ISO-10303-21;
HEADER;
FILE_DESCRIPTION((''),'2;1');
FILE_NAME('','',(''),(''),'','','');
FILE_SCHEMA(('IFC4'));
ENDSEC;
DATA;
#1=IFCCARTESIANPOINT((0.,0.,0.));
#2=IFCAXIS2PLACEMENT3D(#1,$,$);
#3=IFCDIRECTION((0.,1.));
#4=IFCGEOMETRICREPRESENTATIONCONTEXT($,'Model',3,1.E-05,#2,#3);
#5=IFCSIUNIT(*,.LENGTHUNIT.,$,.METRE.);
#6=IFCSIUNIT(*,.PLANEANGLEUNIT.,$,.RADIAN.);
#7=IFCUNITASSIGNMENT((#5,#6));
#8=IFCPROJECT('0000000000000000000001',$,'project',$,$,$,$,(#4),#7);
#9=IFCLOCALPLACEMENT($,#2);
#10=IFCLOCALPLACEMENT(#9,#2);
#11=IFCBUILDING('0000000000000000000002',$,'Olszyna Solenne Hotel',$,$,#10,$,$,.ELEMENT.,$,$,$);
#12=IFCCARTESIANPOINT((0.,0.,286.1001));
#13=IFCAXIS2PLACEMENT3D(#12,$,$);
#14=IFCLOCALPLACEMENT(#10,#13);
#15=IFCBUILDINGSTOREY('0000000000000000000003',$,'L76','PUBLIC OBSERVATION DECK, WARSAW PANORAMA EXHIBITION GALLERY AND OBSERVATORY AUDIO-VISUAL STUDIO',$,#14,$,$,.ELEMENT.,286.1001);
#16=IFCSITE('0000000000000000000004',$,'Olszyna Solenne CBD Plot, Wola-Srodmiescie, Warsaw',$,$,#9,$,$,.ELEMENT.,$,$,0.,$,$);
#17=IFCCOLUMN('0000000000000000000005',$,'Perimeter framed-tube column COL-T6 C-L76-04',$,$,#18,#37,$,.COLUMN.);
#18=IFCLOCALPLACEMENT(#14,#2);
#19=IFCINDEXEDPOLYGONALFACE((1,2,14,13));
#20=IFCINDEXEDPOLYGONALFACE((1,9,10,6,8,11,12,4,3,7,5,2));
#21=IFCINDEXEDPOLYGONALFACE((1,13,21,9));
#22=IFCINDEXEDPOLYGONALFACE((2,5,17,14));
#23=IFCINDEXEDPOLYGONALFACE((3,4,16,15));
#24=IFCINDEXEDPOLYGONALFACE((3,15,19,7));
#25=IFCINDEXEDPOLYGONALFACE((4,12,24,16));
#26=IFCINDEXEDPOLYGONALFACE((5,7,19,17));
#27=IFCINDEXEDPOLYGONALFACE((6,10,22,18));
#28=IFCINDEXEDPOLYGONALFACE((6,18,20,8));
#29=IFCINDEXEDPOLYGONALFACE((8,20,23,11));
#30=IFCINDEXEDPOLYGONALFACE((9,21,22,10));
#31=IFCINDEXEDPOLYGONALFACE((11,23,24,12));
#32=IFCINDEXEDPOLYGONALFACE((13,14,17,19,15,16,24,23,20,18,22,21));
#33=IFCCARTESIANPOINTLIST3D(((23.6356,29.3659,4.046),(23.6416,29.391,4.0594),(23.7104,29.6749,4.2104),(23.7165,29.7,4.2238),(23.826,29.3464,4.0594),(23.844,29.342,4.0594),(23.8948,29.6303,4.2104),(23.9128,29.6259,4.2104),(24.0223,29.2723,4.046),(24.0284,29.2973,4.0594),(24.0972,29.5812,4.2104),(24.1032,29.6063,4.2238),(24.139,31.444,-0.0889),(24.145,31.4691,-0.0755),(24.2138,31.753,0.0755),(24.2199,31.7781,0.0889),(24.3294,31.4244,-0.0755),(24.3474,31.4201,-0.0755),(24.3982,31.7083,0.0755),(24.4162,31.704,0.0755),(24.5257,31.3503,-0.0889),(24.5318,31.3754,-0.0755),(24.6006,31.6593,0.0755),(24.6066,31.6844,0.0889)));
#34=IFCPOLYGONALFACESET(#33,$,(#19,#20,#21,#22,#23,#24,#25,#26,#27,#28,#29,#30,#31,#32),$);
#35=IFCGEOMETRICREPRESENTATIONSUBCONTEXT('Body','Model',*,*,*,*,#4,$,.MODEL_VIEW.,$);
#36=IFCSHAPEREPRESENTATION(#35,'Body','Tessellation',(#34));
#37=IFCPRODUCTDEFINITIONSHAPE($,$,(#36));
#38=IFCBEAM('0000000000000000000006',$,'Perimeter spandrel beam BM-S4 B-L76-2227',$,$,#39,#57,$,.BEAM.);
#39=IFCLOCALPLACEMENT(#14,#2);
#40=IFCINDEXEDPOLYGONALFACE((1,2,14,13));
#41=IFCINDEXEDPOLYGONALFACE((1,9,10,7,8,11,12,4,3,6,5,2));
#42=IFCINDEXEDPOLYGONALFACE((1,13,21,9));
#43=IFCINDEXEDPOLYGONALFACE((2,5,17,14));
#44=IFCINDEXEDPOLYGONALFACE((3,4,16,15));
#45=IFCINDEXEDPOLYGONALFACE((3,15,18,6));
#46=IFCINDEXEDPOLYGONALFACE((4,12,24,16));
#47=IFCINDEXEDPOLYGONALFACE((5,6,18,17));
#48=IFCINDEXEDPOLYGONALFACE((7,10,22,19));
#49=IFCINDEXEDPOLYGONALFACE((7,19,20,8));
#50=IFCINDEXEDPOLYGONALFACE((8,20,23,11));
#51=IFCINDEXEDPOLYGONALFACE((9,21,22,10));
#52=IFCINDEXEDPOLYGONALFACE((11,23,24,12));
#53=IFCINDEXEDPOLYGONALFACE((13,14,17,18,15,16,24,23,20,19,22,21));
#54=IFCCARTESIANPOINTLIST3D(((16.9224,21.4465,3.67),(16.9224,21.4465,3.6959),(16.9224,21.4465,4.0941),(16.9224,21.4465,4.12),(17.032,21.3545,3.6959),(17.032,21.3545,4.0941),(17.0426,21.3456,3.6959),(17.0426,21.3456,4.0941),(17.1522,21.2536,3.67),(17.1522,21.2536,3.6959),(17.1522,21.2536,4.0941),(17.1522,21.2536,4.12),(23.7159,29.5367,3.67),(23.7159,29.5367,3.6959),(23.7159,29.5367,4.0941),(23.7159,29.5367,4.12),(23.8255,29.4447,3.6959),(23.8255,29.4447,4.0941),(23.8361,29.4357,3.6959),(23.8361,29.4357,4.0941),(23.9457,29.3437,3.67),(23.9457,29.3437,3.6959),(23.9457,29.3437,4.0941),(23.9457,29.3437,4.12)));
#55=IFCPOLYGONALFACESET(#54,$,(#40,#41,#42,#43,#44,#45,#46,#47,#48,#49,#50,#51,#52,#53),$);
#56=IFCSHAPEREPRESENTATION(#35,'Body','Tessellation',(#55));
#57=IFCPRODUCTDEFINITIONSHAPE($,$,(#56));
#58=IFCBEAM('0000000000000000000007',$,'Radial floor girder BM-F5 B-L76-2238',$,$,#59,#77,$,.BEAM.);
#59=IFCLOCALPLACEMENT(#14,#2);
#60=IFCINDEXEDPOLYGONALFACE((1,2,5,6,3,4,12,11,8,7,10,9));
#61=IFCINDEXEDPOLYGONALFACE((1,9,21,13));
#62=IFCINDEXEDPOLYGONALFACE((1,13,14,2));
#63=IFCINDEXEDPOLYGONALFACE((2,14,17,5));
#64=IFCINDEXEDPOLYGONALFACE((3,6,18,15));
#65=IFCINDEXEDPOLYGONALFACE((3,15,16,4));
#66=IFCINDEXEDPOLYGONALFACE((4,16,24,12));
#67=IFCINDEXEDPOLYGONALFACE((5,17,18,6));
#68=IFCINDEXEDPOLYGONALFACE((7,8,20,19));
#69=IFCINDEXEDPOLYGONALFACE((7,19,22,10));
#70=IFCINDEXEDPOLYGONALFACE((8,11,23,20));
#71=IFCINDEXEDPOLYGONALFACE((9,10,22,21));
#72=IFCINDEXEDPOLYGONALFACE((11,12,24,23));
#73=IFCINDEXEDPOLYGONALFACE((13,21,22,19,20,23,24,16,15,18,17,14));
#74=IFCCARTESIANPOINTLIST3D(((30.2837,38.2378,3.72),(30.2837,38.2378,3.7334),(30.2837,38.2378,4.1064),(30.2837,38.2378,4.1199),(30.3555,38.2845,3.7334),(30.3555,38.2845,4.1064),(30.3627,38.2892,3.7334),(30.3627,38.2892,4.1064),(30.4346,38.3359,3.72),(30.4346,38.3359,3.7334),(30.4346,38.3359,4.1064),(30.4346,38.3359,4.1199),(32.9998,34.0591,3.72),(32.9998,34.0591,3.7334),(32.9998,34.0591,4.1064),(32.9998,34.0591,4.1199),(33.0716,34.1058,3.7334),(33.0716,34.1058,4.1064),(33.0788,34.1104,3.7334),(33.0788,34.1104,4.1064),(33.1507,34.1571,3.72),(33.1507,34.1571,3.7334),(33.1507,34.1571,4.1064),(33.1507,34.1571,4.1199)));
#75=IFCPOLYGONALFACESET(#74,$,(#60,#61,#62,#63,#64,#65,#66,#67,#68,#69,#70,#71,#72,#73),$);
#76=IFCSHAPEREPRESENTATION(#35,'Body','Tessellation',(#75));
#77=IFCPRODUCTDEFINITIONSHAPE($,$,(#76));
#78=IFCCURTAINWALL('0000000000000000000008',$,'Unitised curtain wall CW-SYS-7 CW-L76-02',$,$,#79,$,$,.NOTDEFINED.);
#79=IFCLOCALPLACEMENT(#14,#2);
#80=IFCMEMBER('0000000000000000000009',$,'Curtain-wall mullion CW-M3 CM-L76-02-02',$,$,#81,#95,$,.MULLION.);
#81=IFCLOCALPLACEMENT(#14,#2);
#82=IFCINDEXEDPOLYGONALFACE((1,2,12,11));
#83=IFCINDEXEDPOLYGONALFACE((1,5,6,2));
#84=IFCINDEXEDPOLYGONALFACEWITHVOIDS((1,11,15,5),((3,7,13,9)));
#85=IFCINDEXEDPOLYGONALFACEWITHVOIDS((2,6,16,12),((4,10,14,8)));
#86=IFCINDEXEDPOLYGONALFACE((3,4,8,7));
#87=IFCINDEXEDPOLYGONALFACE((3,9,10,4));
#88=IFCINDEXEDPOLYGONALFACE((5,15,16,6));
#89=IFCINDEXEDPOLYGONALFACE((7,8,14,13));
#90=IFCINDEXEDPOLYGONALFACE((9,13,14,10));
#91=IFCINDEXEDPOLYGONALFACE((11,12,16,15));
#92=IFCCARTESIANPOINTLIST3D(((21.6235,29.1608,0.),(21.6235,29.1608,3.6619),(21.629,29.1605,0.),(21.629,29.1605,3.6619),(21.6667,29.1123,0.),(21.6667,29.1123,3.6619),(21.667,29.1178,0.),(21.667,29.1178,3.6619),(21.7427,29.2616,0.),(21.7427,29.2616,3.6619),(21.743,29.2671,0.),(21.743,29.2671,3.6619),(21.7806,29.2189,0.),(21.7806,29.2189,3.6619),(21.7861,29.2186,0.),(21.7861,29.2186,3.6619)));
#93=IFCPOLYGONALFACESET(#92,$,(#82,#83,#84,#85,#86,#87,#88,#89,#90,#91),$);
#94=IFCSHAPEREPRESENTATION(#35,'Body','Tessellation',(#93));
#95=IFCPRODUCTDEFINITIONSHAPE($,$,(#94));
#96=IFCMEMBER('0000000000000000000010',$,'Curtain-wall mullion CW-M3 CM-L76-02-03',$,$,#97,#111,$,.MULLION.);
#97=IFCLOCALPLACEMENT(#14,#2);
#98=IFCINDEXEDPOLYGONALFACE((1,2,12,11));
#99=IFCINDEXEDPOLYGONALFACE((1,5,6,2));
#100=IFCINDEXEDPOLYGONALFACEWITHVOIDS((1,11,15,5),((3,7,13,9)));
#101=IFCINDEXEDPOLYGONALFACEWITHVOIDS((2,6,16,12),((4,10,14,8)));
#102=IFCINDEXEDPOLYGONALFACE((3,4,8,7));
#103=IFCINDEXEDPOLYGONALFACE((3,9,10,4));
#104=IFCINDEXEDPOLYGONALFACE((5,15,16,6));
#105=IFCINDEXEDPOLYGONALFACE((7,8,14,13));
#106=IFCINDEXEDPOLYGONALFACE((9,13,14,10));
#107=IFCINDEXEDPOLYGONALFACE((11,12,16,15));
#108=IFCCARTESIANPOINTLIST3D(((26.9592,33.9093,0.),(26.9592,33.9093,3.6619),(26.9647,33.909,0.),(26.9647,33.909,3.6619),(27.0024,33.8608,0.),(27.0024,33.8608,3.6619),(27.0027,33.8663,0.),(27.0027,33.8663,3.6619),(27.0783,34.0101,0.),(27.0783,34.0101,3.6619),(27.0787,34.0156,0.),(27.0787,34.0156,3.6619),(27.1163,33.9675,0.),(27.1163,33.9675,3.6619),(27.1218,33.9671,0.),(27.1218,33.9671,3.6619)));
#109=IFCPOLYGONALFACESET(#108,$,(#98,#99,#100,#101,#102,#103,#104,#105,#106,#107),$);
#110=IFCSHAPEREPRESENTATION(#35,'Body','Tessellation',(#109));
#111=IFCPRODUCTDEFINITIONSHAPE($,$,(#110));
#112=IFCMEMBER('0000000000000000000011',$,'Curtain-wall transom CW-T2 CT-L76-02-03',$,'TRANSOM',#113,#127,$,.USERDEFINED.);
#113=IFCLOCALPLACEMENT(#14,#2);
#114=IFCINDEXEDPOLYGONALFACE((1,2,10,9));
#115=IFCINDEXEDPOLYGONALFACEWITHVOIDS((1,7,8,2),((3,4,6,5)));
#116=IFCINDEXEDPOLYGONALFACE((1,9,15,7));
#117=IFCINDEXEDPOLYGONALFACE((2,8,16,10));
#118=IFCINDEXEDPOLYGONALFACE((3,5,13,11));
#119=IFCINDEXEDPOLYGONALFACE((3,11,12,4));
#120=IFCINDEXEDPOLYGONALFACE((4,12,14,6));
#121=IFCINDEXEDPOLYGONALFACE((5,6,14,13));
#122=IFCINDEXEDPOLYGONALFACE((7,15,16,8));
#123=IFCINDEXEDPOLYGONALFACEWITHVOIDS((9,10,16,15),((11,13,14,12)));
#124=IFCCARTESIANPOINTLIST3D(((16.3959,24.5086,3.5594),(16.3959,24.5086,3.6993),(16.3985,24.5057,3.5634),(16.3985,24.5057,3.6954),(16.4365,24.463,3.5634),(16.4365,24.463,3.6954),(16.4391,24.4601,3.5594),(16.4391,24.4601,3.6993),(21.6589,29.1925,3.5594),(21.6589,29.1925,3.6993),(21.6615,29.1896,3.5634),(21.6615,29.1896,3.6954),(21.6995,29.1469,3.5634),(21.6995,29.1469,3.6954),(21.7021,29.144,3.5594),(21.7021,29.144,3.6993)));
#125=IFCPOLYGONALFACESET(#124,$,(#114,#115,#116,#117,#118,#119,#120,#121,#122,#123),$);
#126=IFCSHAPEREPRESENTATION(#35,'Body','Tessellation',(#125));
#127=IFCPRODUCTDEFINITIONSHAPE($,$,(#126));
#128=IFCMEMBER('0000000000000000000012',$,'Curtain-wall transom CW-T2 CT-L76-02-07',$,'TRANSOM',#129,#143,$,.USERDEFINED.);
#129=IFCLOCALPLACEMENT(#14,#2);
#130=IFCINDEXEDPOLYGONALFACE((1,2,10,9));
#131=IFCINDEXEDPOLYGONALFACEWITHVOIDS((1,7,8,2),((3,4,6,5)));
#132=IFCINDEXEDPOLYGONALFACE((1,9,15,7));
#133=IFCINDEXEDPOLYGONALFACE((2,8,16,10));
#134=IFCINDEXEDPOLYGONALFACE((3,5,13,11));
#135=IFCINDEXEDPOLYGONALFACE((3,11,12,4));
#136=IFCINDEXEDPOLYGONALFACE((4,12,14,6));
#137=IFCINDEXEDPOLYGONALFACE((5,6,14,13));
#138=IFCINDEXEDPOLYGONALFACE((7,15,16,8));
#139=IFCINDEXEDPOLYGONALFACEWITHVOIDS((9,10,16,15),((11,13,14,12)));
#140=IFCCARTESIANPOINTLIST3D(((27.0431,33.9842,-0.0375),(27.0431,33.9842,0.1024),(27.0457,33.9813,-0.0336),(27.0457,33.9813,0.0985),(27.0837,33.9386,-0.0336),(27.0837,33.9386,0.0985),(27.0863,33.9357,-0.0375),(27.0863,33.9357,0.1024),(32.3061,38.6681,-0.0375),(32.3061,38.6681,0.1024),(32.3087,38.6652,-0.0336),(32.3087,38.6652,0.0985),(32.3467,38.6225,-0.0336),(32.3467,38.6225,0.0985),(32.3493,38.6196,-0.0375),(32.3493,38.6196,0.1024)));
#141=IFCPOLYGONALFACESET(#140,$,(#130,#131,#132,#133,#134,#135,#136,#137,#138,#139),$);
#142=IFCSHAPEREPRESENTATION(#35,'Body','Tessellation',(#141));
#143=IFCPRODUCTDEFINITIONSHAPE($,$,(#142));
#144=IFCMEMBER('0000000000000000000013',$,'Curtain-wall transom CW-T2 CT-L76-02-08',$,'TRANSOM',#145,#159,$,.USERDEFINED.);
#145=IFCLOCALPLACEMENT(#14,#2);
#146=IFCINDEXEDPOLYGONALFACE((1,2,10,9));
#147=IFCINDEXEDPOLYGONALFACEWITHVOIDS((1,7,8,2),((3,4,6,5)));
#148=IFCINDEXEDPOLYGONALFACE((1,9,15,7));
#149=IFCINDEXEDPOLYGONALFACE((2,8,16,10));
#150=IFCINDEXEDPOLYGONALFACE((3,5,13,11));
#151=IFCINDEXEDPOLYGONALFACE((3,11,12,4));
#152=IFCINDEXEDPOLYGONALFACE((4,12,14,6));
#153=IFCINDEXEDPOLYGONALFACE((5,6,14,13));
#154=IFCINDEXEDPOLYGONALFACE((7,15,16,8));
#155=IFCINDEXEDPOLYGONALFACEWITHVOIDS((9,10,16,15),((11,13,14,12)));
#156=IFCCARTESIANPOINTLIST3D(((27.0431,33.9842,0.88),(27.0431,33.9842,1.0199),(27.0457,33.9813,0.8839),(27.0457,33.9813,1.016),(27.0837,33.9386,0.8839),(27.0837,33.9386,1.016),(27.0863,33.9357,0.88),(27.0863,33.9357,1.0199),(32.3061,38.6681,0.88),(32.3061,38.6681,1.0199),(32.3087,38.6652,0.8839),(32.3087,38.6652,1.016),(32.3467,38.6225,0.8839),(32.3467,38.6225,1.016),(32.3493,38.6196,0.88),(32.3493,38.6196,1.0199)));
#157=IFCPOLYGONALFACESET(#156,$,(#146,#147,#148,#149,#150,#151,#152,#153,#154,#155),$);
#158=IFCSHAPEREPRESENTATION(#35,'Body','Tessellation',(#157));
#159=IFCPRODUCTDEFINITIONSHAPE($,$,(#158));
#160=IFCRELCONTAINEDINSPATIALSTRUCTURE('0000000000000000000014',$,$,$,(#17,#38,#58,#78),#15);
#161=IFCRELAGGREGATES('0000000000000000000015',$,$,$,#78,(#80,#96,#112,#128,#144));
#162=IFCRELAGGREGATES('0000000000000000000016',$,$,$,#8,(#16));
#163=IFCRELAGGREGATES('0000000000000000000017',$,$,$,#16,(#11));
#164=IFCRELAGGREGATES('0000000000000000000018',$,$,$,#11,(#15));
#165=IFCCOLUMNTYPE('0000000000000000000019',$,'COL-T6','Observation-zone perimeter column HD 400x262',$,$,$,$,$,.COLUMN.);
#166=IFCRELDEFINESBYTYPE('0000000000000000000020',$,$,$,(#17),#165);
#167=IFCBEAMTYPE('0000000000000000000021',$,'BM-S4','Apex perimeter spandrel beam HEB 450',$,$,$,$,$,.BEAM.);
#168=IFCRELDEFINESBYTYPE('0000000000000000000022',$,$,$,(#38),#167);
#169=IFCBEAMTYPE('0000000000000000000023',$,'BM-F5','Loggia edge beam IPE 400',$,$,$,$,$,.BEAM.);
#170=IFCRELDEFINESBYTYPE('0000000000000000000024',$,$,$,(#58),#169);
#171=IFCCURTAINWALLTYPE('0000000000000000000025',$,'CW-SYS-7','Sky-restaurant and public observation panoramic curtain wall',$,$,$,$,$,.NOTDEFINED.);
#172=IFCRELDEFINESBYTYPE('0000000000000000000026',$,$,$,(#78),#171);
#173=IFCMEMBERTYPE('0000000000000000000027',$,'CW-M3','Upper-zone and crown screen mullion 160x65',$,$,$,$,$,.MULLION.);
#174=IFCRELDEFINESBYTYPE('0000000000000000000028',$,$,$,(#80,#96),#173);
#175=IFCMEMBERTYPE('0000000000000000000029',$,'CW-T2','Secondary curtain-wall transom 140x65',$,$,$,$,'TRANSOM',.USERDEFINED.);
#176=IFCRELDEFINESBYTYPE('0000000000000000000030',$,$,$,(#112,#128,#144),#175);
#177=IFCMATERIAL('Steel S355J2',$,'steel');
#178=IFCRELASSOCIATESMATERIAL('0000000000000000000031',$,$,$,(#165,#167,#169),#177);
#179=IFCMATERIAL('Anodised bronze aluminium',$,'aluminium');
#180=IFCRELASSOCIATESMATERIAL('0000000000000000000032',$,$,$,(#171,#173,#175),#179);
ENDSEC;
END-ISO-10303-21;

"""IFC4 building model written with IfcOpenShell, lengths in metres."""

from ifc_helpers import new_model, si_unit, direction, frame, origin, origin_2d, place, context, subcontext, project, spatial, hollow_rectangle, i_section, extrude, source, transform, mapped, material, material_profile, profile_set, type_object, element, aggregate, save


model = new_model("IFC4")

# Units and contexts
model_context = context("Model", 3, precision=1e-05, world=origin(), true_north=direction((0.0, 1.0)))
body_context = subcontext(model_context, "Body", "Model", "MODEL_VIEW")
ifc_project = project(units=[si_unit("LENGTHUNIT", "METRE"), si_unit("PLANEANGLEUNIT", "RADIAN")], contexts=[model_context])

# Site, building, storey
site_placement = place(None, origin())
site = spatial("IfcSite", under=ifc_project, at=site_placement, Name="Olszyna Solenne CBD Plot, Wola-Srodmiescie, Warsaw", CompositionType="ELEMENT", RefElevation=0.0)
building_placement = place(site_placement, origin())
building = spatial("IfcBuilding", under=site, at=building_placement, Name="Olszyna Solenne Hotel", CompositionType="ELEMENT")
storey_placement = place(building_placement, frame((0.0, 0.0, 286.1001)))
storey = spatial("IfcBuildingStorey", under=building, at=storey_placement, Name="L76", Description="PUBLIC OBSERVATION DECK, WARSAW PANORAMA EXHIBITION GALLERY AND OBSERVATORY AUDIO-VISUAL STUDIO", CompositionType="ELEMENT", Elevation=286.1001)

# Column
ifc_material_1 = material(Name="Steel S355J2", Category="steel")
ifc_material_profile_1 = material_profile(ifc_material_1, i_section(OverallWidth=0.3979, OverallDepth=0.387, WebThickness=0.0186, FlangeThickness=0.0291, at=origin_2d()), Name="HD 400x262", Category="load-bearing")
ifc_profile_set_1 = profile_set([ifc_material_profile_1], Name="Steel S355J2")
column_type = type_object("IfcColumnType", Name="COL-T6", Description="Observation-zone perimeter column HD 400x262", PredefinedType="COLUMN", material=ifc_profile_set_1)
shared_shape_1 = source(origin(), body_context, "Body", "SweptSolid", [
    extrude(i_section(OverallWidth=0.3979, OverallDepth=0.387, WebThickness=0.0186, FlangeThickness=0.0291, at=origin_2d()), origin(), (0.0, 0.0, 1.0), 4.655),
])
column_placement = place(storey_placement, frame((24.3728, 31.5642, 0.0), z_axis=(-0.108142, -0.446415, 0.888267), x_axis=(0.97189, -0.235437, 0.0)))
element("IfcColumn", 1, at=column_placement, inside=storey, type_object=column_type, Name="Perimeter framed-tube column COL-T6 C-L76-04", PredefinedType="COLUMN", context=body_context, shape_type="MappedRepresentation", body=[
    mapped(shared_shape_1, transform((0.0, 0.0, 0.0), x_axis=(1.0, 0.0, 0.0), y_axis=(0.0, 1.0, 0.0), z_axis=(0.0, 0.0, 1.0), scale=1.0)),
])

# Beams
ifc_material_profile_2 = material_profile(ifc_material_1, i_section(OverallWidth=0.3, OverallDepth=0.45, WebThickness=0.0139, FlangeThickness=0.0259, at=origin_2d()), Name="HEB 450", Category="load-bearing")
ifc_profile_set_2 = profile_set([ifc_material_profile_2], Name="Steel S355J2")
beam_type_1 = type_object("IfcBeamType", Name="BM-S4", Description="Apex perimeter spandrel beam HEB 450", PredefinedType="BEAM", material=ifc_profile_set_2)
shared_shape_2 = source(origin(), body_context, "Body", "SweptSolid", [
    extrude(i_section(OverallWidth=0.3, OverallDepth=0.45, WebThickness=0.0139, FlangeThickness=0.0259, at=origin_2d()), origin(), (0.0, 0.0, 1.0), 10.5642),
])
beam_1_placement = place(storey_placement, frame((23.8308, 29.4402, 3.895), z_axis=(-0.643069, -0.765808, 0.0), x_axis=(0.765808, -0.643069, 0.0)))
element("IfcBeam", 2, at=beam_1_placement, inside=storey, type_object=beam_type_1, Name="Perimeter spandrel beam BM-S4 B-L76-2227", PredefinedType="BEAM", context=body_context, shape_type="MappedRepresentation", body=[
    mapped(shared_shape_2, transform((0.0, 0.0, 0.0), x_axis=(1.0, 0.0, 0.0), y_axis=(0.0, 1.0, 0.0), z_axis=(0.0, 0.0, 1.0), scale=1.0)),
])
ifc_material_profile_3 = material_profile(ifc_material_1, i_section(OverallWidth=0.1799, OverallDepth=0.3999, WebThickness=0.0085, FlangeThickness=0.0134, at=origin_2d()), Name="IPE 400", Category="load-bearing")
ifc_profile_set_3 = profile_set([ifc_material_profile_3], Name="Steel S355J2")
beam_type_2 = type_object("IfcBeamType", Name="BM-F5", Description="Loggia edge beam IPE 400", PredefinedType="BEAM", material=ifc_profile_set_3)
shared_shape_3 = source(origin(), body_context, "Body", "SweptSolid", [
    extrude(i_section(OverallWidth=0.1799, OverallDepth=0.3999, WebThickness=0.0085, FlangeThickness=0.0134, at=origin_2d()), origin(), (0.0, 0.0, 1.0), 4.9839),
])
beam_2_placement = place(storey_placement, frame((30.3591, 38.2869, 3.9199), z_axis=(0.544975, -0.838453, 0.0), x_axis=(0.838453, 0.544975, 0.0)))
element("IfcBeam", 3, at=beam_2_placement, inside=storey, type_object=beam_type_2, Name="Radial floor girder BM-F5 B-L76-2238", PredefinedType="BEAM", context=body_context, shape_type="MappedRepresentation", body=[
    mapped(shared_shape_3, transform((0.0, 0.0, 0.0), x_axis=(1.0, 0.0, 0.0), y_axis=(0.0, 1.0, 0.0), z_axis=(0.0, 0.0, 1.0), scale=1.0)),
])

# Curtain wall, members
ifc_material_2 = material(Name="Anodised bronze aluminium", Category="aluminium")
curtain_wall_type = type_object("IfcCurtainWallType", Name="CW-SYS-7", Description="Sky-restaurant and public observation panoramic curtain wall", PredefinedType="NOTDEFINED", material=ifc_material_2)
curtain_wall_placement = place(storey_placement, origin())
curtain_wall = element("IfcCurtainWall", 4, at=curtain_wall_placement, inside=storey, type_object=curtain_wall_type, Name="Unitised curtain wall CW-SYS-7 CW-L76-02", PredefinedType="NOTDEFINED")
ifc_material_profile_4 = material_profile(ifc_material_2, hollow_rectangle(XDim=0.0649, YDim=0.1599, WallThickness=0.0039, at=origin_2d()), Name="MULL 160x65x4", Category="load-bearing")
ifc_profile_set_4 = profile_set([ifc_material_profile_4], Name="Anodised bronze aluminium")
member_type_1 = type_object("IfcMemberType", Name="CW-M3", Description="Upper-zone and crown screen mullion 160x65", PredefinedType="MULLION", material=ifc_profile_set_4)
shared_shape_4 = source(origin(), body_context, "Body", "SweptSolid", [
    extrude(hollow_rectangle(XDim=0.0649, YDim=0.1599, WallThickness=0.0039, at=origin_2d()), origin(), (0.0, 0.0, 1.0), 3.6619),
])
member_1_placement = place(storey_placement, frame((21.7048, 29.1897, 0.0), z_axis=(0.0, 0.0, 1.0), x_axis=(-0.664807, 0.747016, 0.0)))
member_1 = element("IfcMember", 5, at=member_1_placement, type_object=member_type_1, Name="Curtain-wall mullion CW-M3 CM-L76-02-02", PredefinedType="MULLION", context=body_context, shape_type="MappedRepresentation", body=[
    mapped(shared_shape_4, transform((0.0, 0.0, 0.0), x_axis=(1.0, 0.0, 0.0), y_axis=(0.0, 1.0, 0.0), z_axis=(0.0, 0.0, 1.0), scale=1.0)),
])
member_2_placement = place(storey_placement, frame((27.0405, 33.9382, 0.0), z_axis=(0.0, 0.0, 1.0), x_axis=(-0.664807, 0.747016, 0.0)))
member_2 = element("IfcMember", 6, at=member_2_placement, type_object=member_type_1, Name="Curtain-wall mullion CW-M3 CM-L76-02-03", PredefinedType="MULLION", context=body_context, shape_type="MappedRepresentation", body=[
    mapped(shared_shape_4, transform((0.0, 0.0, 0.0), x_axis=(1.0, 0.0, 0.0), y_axis=(0.0, 1.0, 0.0), z_axis=(0.0, 0.0, 1.0), scale=1.0)),
])
ifc_material_profile_5 = material_profile(ifc_material_2, hollow_rectangle(XDim=0.0649, YDim=0.1399, WallThickness=0.0039, at=origin_2d()), Name="TRAN 140x65x4", Category="load-bearing")
ifc_profile_set_5 = profile_set([ifc_material_profile_5], Name="Anodised bronze aluminium")
member_type_2 = type_object("IfcMemberType", Name="CW-T2", Description="Secondary curtain-wall transom 140x65", ElementType="TRANSOM", PredefinedType="USERDEFINED", material=ifc_profile_set_5)
shared_shape_5 = source(origin(), body_context, "Body", "SweptSolid", [
    extrude(hollow_rectangle(XDim=0.0649, YDim=0.1399, WallThickness=0.0039, at=origin_2d()), origin(), (0.0, 0.0, 1.0), 7.0454),
])
member_3_placement = place(storey_placement, frame((16.4175, 24.4844, 3.6294), z_axis=(0.74701, 0.664813, 0.0), x_axis=(-0.664813, 0.74701, 0.0)))
member_3 = element("IfcMember", 7, at=member_3_placement, type_object=member_type_2, Name="Curtain-wall transom CW-T2 CT-L76-02-03", ObjectType="TRANSOM", PredefinedType="USERDEFINED", context=body_context, shape_type="MappedRepresentation", body=[
    mapped(shared_shape_5, transform((0.0, 0.0, 0.0), x_axis=(1.0, 0.0, 0.0), y_axis=(0.0, 1.0, 0.0), z_axis=(0.0, 0.0, 1.0), scale=1.0)),
])
member_4_placement = place(storey_placement, frame((27.0647, 33.96, 0.0325), z_axis=(0.74701, 0.664813, 0.0), x_axis=(-0.664813, 0.74701, 0.0)))
member_4 = element("IfcMember", 8, at=member_4_placement, type_object=member_type_2, Name="Curtain-wall transom CW-T2 CT-L76-02-07", ObjectType="TRANSOM", PredefinedType="USERDEFINED", context=body_context, shape_type="MappedRepresentation", body=[
    mapped(shared_shape_5, transform((0.0, 0.0, 0.0), x_axis=(1.0, 0.0, 0.0), y_axis=(0.0, 1.0, 0.0), z_axis=(0.0, 0.0, 1.0), scale=1.0)),
])
member_5_placement = place(storey_placement, frame((27.0647, 33.96, 0.95), z_axis=(0.74701, 0.664813, 0.0), x_axis=(-0.664813, 0.74701, 0.0)))
member_5 = element("IfcMember", 9, at=member_5_placement, type_object=member_type_2, Name="Curtain-wall transom CW-T2 CT-L76-02-08", ObjectType="TRANSOM", PredefinedType="USERDEFINED", context=body_context, shape_type="MappedRepresentation", body=[
    mapped(shared_shape_5, transform((0.0, 0.0, 0.0), x_axis=(1.0, 0.0, 0.0), y_axis=(0.0, 1.0, 0.0), z_axis=(0.0, 0.0, 1.0), scale=1.0)),
])

aggregate(curtain_wall, [member_1, member_2, member_3, member_4, member_5])

save(model, "model.ifc")
